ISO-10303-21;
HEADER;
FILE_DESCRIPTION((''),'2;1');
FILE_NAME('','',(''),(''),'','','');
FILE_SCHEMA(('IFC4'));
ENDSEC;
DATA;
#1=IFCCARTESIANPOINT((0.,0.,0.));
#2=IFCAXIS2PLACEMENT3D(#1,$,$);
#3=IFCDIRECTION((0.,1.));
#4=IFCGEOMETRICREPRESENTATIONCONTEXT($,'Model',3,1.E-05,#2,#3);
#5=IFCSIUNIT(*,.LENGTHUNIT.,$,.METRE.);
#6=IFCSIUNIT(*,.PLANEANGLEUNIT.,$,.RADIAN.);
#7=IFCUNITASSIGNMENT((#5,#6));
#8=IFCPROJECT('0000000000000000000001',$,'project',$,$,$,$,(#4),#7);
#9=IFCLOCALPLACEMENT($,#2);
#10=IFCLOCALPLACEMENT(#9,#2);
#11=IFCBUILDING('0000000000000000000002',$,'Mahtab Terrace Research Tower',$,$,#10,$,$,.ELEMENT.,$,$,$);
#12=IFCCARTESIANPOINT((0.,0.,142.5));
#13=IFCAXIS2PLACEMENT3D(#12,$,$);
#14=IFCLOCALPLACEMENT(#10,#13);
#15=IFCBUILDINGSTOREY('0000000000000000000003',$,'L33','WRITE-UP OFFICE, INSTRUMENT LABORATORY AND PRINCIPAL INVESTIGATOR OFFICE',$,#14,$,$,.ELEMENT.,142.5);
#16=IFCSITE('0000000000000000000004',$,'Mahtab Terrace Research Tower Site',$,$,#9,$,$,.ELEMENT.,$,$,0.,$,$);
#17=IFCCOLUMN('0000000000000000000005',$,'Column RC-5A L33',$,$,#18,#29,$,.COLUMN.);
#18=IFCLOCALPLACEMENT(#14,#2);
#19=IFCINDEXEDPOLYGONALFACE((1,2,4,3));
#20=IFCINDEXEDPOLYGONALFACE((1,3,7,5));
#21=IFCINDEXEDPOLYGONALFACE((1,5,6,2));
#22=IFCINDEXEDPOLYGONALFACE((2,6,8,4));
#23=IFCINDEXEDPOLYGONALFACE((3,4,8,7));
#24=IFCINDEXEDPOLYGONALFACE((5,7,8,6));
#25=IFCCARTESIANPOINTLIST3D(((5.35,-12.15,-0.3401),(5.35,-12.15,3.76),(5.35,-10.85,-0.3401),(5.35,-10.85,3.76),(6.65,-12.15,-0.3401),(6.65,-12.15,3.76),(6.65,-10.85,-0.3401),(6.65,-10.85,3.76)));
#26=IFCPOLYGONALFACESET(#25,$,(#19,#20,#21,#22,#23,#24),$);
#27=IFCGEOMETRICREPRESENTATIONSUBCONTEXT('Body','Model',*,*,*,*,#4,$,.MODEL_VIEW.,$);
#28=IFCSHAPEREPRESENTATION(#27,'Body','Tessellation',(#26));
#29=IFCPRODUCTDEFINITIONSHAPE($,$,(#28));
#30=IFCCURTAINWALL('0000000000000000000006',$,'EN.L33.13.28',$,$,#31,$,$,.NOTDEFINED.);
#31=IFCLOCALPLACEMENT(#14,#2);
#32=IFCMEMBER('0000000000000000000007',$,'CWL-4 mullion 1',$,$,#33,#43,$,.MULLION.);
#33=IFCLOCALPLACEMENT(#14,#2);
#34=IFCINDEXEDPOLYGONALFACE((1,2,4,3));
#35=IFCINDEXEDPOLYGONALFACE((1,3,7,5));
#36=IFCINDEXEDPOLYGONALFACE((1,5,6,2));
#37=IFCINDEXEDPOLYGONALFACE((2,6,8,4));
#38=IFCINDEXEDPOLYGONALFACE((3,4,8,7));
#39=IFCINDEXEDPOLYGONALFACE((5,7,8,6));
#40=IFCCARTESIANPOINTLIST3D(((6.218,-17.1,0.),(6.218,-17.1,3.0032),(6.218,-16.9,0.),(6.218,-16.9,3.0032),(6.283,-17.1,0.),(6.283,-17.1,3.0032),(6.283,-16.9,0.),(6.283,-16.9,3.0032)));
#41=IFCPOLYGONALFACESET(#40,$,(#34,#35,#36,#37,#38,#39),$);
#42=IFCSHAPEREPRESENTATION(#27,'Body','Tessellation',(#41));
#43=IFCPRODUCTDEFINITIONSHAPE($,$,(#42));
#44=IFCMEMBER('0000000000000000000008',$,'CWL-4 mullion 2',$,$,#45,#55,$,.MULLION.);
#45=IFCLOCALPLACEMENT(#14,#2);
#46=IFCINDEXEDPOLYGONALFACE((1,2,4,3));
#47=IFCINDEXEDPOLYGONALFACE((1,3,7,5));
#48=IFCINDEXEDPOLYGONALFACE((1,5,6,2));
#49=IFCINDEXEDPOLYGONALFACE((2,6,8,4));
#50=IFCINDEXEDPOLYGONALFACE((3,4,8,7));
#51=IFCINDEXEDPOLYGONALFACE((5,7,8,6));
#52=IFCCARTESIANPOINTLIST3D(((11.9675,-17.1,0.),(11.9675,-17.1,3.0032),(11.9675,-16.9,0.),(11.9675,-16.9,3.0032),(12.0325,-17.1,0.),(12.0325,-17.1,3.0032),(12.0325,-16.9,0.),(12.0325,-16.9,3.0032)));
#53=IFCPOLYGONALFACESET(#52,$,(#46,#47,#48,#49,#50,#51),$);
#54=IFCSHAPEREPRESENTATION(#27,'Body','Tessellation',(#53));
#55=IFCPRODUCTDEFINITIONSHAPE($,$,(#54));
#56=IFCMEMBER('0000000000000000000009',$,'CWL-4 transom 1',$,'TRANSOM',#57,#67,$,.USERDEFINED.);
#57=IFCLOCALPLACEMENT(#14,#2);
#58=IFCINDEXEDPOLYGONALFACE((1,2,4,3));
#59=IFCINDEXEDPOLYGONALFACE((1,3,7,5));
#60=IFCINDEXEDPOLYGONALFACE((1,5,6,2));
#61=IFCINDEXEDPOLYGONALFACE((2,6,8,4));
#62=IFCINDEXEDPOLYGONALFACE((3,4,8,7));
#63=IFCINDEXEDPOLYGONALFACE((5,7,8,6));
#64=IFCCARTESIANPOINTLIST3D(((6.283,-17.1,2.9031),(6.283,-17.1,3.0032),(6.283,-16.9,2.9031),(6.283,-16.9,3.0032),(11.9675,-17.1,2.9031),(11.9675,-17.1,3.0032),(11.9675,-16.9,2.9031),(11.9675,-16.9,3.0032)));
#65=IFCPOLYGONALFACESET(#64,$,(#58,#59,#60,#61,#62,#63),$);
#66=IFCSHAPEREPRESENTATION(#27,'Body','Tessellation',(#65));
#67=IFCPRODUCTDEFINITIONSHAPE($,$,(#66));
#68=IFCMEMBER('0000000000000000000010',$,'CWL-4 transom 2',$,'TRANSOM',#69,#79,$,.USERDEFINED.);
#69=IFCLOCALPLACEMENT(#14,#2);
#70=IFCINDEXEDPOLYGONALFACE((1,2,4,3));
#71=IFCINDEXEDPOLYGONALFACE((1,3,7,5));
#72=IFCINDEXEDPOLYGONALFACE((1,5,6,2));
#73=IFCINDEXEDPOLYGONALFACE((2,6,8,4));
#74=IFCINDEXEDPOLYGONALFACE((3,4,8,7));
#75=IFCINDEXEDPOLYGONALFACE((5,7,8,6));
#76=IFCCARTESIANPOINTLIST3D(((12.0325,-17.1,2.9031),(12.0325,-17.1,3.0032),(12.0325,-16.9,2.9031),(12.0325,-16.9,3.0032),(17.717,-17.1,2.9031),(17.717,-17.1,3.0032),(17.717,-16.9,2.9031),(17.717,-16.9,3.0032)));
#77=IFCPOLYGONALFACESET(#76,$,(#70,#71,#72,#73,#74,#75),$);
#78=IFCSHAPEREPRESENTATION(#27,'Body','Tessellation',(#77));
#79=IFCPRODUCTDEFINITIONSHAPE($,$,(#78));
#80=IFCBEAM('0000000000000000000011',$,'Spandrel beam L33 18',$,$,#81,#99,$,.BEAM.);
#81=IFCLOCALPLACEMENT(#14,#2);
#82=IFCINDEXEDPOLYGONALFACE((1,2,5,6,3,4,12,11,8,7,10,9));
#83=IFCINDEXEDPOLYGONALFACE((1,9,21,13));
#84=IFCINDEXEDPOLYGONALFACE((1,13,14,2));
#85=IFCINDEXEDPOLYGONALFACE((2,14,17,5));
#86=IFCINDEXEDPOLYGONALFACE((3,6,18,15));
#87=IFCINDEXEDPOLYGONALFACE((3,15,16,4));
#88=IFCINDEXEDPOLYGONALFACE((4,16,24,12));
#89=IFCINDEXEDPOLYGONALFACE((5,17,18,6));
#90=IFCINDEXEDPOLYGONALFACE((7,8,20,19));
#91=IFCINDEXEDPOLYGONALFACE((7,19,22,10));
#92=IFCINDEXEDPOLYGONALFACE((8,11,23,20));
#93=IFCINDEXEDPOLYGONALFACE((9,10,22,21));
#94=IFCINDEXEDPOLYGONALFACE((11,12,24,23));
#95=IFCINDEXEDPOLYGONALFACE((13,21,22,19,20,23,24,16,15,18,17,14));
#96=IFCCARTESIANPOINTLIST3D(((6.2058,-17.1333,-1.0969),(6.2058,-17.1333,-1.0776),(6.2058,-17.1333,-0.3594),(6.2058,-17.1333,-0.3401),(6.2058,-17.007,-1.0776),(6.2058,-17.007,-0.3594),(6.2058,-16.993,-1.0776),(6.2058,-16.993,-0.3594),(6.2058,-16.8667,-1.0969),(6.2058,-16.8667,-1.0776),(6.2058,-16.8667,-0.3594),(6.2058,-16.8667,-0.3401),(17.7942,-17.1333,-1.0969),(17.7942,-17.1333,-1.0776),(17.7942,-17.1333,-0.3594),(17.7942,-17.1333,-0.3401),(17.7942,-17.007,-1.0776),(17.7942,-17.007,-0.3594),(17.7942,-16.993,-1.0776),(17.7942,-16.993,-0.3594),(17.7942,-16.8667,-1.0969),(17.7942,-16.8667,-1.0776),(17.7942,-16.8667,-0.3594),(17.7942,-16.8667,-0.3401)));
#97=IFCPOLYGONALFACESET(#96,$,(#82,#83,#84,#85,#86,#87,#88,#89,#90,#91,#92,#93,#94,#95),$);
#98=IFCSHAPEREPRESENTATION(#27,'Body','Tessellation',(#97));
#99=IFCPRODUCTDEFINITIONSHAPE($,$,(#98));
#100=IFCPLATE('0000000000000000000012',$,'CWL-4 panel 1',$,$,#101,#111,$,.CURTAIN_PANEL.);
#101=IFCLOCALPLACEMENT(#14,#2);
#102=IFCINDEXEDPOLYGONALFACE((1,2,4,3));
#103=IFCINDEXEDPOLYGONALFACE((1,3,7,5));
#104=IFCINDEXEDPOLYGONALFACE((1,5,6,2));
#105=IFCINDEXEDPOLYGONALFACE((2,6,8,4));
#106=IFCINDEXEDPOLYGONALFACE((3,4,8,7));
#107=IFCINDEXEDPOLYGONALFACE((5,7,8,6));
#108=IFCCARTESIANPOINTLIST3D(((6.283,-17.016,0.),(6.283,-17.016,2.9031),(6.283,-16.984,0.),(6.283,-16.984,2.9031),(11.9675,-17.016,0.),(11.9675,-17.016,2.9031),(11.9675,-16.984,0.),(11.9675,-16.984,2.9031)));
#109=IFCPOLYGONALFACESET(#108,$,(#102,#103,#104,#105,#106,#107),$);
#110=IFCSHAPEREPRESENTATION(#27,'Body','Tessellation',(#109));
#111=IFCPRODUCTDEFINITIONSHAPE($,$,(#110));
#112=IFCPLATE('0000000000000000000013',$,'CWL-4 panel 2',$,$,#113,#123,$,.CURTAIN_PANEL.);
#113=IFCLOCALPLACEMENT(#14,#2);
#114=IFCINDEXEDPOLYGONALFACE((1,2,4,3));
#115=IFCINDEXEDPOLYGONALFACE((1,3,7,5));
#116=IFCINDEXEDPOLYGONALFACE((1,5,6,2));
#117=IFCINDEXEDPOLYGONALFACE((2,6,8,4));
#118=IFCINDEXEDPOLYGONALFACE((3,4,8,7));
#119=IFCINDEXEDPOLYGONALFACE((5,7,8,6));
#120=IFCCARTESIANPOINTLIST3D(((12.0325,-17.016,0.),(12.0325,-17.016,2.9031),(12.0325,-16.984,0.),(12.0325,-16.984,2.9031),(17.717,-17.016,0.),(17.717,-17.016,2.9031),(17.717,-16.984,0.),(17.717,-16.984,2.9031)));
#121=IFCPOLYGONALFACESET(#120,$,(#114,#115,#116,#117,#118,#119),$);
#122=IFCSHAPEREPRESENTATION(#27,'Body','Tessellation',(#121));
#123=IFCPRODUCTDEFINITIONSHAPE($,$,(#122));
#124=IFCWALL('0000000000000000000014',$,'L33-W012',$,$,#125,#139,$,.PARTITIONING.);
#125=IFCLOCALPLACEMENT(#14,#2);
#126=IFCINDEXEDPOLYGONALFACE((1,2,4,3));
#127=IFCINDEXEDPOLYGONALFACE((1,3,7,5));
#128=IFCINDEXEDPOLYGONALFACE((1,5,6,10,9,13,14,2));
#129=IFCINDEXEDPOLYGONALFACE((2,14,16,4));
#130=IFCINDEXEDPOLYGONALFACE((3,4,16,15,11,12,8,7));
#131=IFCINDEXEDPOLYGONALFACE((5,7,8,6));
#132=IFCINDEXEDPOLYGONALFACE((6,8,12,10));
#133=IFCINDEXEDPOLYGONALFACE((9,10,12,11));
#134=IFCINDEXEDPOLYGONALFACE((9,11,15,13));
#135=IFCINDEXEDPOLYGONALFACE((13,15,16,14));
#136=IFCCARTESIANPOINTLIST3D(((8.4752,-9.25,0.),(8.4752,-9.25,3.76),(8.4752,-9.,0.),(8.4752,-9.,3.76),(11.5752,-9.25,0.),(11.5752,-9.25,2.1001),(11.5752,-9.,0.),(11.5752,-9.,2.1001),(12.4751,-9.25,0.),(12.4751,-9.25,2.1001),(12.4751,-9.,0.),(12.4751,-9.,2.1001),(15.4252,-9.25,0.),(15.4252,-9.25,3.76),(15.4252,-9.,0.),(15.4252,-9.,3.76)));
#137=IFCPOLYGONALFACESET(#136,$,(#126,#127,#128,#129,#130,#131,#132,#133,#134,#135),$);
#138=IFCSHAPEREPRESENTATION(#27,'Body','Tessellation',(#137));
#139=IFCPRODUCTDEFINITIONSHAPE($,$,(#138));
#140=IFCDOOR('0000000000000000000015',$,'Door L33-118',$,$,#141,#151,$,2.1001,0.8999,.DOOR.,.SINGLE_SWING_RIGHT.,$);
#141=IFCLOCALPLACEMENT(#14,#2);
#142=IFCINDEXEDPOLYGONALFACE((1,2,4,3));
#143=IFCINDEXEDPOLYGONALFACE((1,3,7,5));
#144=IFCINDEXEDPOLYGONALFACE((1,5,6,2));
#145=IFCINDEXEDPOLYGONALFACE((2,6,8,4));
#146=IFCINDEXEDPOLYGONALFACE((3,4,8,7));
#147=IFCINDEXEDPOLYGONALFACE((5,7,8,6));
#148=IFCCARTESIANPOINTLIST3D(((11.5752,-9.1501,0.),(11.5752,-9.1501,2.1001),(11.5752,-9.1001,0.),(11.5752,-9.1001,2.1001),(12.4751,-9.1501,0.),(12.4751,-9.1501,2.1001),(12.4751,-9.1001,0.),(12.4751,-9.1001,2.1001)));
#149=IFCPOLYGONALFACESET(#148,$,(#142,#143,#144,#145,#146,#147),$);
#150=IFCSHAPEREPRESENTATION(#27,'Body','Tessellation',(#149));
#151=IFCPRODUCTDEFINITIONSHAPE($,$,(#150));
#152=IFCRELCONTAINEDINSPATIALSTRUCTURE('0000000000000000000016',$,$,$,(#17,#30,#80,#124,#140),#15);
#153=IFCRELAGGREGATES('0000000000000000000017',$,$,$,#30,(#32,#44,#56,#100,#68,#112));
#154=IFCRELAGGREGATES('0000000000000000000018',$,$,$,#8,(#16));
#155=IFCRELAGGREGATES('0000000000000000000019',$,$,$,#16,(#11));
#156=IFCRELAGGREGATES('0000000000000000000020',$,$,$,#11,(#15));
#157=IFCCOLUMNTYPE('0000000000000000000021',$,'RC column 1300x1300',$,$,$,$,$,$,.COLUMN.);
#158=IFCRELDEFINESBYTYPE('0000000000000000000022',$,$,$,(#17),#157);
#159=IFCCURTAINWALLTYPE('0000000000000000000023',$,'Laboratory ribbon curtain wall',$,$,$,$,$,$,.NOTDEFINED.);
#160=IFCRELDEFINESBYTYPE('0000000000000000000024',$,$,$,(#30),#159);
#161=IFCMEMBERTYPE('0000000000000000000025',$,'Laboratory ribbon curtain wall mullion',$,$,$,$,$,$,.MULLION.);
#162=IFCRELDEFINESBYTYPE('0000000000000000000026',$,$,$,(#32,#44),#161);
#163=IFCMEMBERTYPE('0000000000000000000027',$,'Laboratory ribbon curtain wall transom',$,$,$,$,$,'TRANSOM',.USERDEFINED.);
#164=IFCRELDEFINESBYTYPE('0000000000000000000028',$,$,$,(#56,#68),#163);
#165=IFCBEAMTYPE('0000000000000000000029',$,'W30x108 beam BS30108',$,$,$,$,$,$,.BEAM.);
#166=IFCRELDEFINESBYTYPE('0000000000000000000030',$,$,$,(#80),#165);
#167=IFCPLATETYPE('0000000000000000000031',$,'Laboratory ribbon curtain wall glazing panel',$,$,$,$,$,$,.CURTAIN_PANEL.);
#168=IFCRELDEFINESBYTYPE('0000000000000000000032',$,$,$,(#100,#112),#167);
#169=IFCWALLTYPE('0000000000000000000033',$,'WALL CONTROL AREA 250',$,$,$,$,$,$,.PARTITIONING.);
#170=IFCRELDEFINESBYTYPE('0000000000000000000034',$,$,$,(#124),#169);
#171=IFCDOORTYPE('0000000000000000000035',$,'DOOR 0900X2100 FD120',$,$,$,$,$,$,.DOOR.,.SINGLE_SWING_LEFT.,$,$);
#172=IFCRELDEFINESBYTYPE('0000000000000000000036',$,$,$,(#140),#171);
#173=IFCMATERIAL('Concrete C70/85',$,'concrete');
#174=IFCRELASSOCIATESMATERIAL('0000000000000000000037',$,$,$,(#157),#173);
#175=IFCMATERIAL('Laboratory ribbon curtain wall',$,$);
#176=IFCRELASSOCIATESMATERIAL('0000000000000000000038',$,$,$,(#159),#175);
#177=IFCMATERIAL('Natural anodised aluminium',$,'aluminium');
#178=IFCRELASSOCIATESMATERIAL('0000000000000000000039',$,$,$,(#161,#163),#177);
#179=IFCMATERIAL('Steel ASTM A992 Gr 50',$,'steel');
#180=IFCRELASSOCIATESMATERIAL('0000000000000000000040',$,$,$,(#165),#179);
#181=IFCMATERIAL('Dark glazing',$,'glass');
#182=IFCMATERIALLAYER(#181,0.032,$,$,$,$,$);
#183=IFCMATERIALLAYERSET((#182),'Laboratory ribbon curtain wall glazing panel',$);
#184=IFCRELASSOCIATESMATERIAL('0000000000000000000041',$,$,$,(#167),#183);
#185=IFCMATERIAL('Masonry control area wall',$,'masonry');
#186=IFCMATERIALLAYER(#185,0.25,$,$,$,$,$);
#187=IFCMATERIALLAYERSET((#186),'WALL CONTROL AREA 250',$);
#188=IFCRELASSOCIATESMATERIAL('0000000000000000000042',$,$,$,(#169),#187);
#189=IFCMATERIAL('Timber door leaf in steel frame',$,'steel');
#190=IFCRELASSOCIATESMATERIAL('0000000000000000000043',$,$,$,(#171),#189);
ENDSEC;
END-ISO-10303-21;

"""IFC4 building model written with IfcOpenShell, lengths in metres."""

from ifc_helpers import new_model, si_unit, direction, frame, frame_2d, origin, origin_2d, place, context, subcontext, project, spatial, rectangle, i_section, extrude, material, layer, layer_set, material_profile, profile_set, type_object, element, fill, aggregate, save


model = new_model("IFC4")

# Units and contexts
model_context = context("Model", 3, precision=1e-05, world=origin(), true_north=direction((0.0, 1.0)))
body_context = subcontext(model_context, "Body", "Model", "MODEL_VIEW")
ifc_project = project(units=[si_unit("LENGTHUNIT", "METRE"), si_unit("PLANEANGLEUNIT", "RADIAN")], contexts=[model_context])

# Site, building, storey
site_placement = place(None, origin())
site = spatial("IfcSite", under=ifc_project, at=site_placement, Name="Mahtab Terrace Research Tower Site", CompositionType="ELEMENT", RefElevation=0.0)
building_placement = place(site_placement, origin())
building = spatial("IfcBuilding", under=site, at=building_placement, Name="Mahtab Terrace Research Tower", CompositionType="ELEMENT")
storey_placement = place(building_placement, frame((0.0, 0.0, 142.5)))
storey = spatial("IfcBuildingStorey", under=building, at=storey_placement, Name="L33", Description="WRITE-UP OFFICE, INSTRUMENT LABORATORY AND PRINCIPAL INVESTIGATOR OFFICE", CompositionType="ELEMENT", Elevation=142.5)

# Column
ifc_material_1 = material(Name="Concrete C70/85", Category="concrete")
ifc_material_profile_1 = material_profile(ifc_material_1, rectangle(XDim=1.3, YDim=1.3, at=origin_2d()), Name="RC column 1300x1300")
ifc_profile_set_1 = profile_set([ifc_material_profile_1], Name="Concrete C70/85")
column_type = type_object("IfcColumnType", Name="RC column 1300x1300", PredefinedType="COLUMN", material=ifc_profile_set_1)
column_placement = place(storey_placement, frame((6.0, -11.5, -0.3401), z_axis=(0.0, 0.0, 1.0), x_axis=(1.0, 0.0, 0.0)))
element("IfcColumn", 1, at=column_placement, inside=storey, type_object=column_type, Name="Column RC-5A L33", PredefinedType="COLUMN", context=body_context, shape_type="SweptSolid", body=[
    extrude(rectangle(XDim=1.3, YDim=1.3, at=origin_2d()), origin(), (0.0, 0.0, 1.0), 4.1001),
])

# Curtain wall, members
ifc_material_2 = material(Name="Laboratory ribbon curtain wall")
curtain_wall_type = type_object("IfcCurtainWallType", Name="Laboratory ribbon curtain wall", PredefinedType="NOTDEFINED", material=ifc_material_2)
curtain_wall_placement = place(storey_placement, origin())
curtain_wall = element("IfcCurtainWall", 2, at=curtain_wall_placement, inside=storey, type_object=curtain_wall_type, Name="EN.L33.13.28", PredefinedType="NOTDEFINED")
ifc_material_3 = material(Name="Natural anodised aluminium", Category="aluminium")
ifc_material_profile_2 = material_profile(ifc_material_3, rectangle(XDim=0.2, YDim=0.0649, at=origin_2d()), Name="MULLION 65x200")
ifc_profile_set_2 = profile_set([ifc_material_profile_2], Name="Natural anodised aluminium")
member_type_1 = type_object("IfcMemberType", Name="Laboratory ribbon curtain wall mullion", PredefinedType="MULLION", material=ifc_profile_set_2)
member_1_placement = place(storey_placement, frame((6.2505, -17.0, 0.0), z_axis=(0.0, 0.0, 1.0), x_axis=(0.0, 1.0, 0.0)))
member_1 = element("IfcMember", 3, at=member_1_placement, type_object=member_type_1, Name="CWL-4 mullion 1", PredefinedType="MULLION", context=body_context, shape_type="SweptSolid", body=[
    extrude(rectangle(XDim=0.2, YDim=0.0649, at=origin_2d()), origin(), (0.0, 0.0, 1.0), 3.0032),
])
member_2_placement = place(storey_placement, frame((12.0, -17.0, 0.0), z_axis=(0.0, 0.0, 1.0), x_axis=(0.0, 1.0, 0.0)))
member_2 = element("IfcMember", 4, at=member_2_placement, type_object=member_type_1, Name="CWL-4 mullion 2", PredefinedType="MULLION", context=body_context, shape_type="SweptSolid", body=[
    extrude(rectangle(XDim=0.2, YDim=0.0649, at=origin_2d()), origin(), (0.0, 0.0, 1.0), 3.0032),
])
ifc_material_profile_3 = material_profile(ifc_material_3, rectangle(XDim=0.2, YDim=0.1001, at=origin_2d()), Name="TRANSOM 100x200")
ifc_profile_set_3 = profile_set([ifc_material_profile_3], Name="Natural anodised aluminium")
member_type_2 = type_object("IfcMemberType", Name="Laboratory ribbon curtain wall transom", ElementType="TRANSOM", PredefinedType="USERDEFINED", material=ifc_profile_set_3)
member_3_placement = place(storey_placement, frame((6.283, -17.0, 2.9531), z_axis=(1.0, 0.0, 0.0), x_axis=(0.0, 1.0, 0.0)))
member_3 = element("IfcMember", 5, at=member_3_placement, type_object=member_type_2, Name="CWL-4 transom 1", ObjectType="TRANSOM", PredefinedType="USERDEFINED", context=body_context, shape_type="SweptSolid", body=[
    extrude(rectangle(XDim=0.2, YDim=0.1001, at=origin_2d()), origin(), (0.0, 0.0, 1.0), 5.6846),
])
member_4_placement = place(storey_placement, frame((12.0325, -17.0, 2.9531), z_axis=(1.0, 0.0, 0.0), x_axis=(0.0, 1.0, 0.0)))
member_4 = element("IfcMember", 6, at=member_4_placement, type_object=member_type_2, Name="CWL-4 transom 2", ObjectType="TRANSOM", PredefinedType="USERDEFINED", context=body_context, shape_type="SweptSolid", body=[
    extrude(rectangle(XDim=0.2, YDim=0.1001, at=origin_2d()), origin(), (0.0, 0.0, 1.0), 5.6846),
])

# Beam
ifc_material_4 = material(Name="Steel ASTM A992 Gr 50", Category="steel")
ifc_material_profile_4 = material_profile(ifc_material_4, i_section(OverallWidth=0.2666, OverallDepth=0.7568, WebThickness=0.0139, FlangeThickness=0.0193, at=origin_2d()), Name="W30X108")
ifc_profile_set_4 = profile_set([ifc_material_profile_4], Name="Steel ASTM A992 Gr 50")
beam_type = type_object("IfcBeamType", Name="W30x108 beam BS30108", PredefinedType="BEAM", material=ifc_profile_set_4)
beam_placement = place(storey_placement, frame((6.2058, -17.0, -0.7185), z_axis=(1.0, 0.0, 0.0), x_axis=(0.0, 1.0, 0.0)))
element("IfcBeam", 7, at=beam_placement, inside=storey, type_object=beam_type, Name="Spandrel beam L33 18", PredefinedType="BEAM", context=body_context, shape_type="SweptSolid", body=[
    extrude(i_section(OverallWidth=0.2666, OverallDepth=0.7568, WebThickness=0.0139, FlangeThickness=0.0193, at=origin_2d()), origin(), (0.0, 0.0, 1.0), 11.5884),
])

# Plates
ifc_material_5 = material(Name="Dark glazing", Category="glass")
ifc_layer_1 = layer(ifc_material_5, 0.032)
ifc_layer_set_1 = layer_set([ifc_layer_1], Name="Laboratory ribbon curtain wall glazing panel")
plate_type = type_object("IfcPlateType", Name="Laboratory ribbon curtain wall glazing panel", PredefinedType="CURTAIN_PANEL", material=ifc_layer_set_1)
plate_1_placement = place(storey_placement, frame((9.1252, -17.0, 0.0), z_axis=(0.0, 0.0, 1.0), x_axis=(1.0, 0.0, 0.0)))
plate_1 = element("IfcPlate", 8, at=plate_1_placement, type_object=plate_type, Name="CWL-4 panel 1", PredefinedType="CURTAIN_PANEL", context=body_context, shape_type="SweptSolid", body=[
    extrude(rectangle(XDim=5.6846, YDim=0.032, at=origin_2d()), origin(), (0.0, 0.0, 1.0), 2.9031),
])
plate_2_placement = place(storey_placement, frame((14.8748, -17.0, 0.0), z_axis=(0.0, 0.0, 1.0), x_axis=(1.0, 0.0, 0.0)))
plate_2 = element("IfcPlate", 9, at=plate_2_placement, type_object=plate_type, Name="CWL-4 panel 2", PredefinedType="CURTAIN_PANEL", context=body_context, shape_type="SweptSolid", body=[
    extrude(rectangle(XDim=5.6846, YDim=0.032, at=origin_2d()), origin(), (0.0, 0.0, 1.0), 2.9031),
])
aggregate(curtain_wall, [member_1, member_2, member_3, plate_1, member_4, plate_2])

# Wall, opening, door
ifc_material_6 = material(Name="Masonry control area wall", Category="masonry")
ifc_layer_2 = layer(ifc_material_6, 0.25)
ifc_layer_set_2 = layer_set([ifc_layer_2], Name="WALL CONTROL AREA 250")
wall_type_1 = type_object("IfcWallType", Name="WALL CONTROL AREA 250", PredefinedType="PARTITIONING", material=ifc_layer_set_2)
wall_1_placement = place(storey_placement, frame((8.4751, -9.125, 0.0), z_axis=(0.0, 0.0, 1.0), x_axis=(1.0, 0.0, 0.0)))
wall_1 = element("IfcWall", 10, at=wall_1_placement, inside=storey, type_object=wall_type_1, Name="L33-W012", PredefinedType="PARTITIONING", context=body_context, shape_type="SweptSolid", body=[
    extrude(rectangle(XDim=6.95, YDim=0.25, at=frame_2d((3.4751, 0.0))), origin(), (0.0, 0.0, 1.0), 3.76),
])
opening_1_placement = place(wall_1_placement, frame((3.1001, 0.0, 0.0)))
opening_1 = element("IfcOpeningElement", 11, at=opening_1_placement, cuts=wall_1, PredefinedType="OPENING", context=body_context, shape_type="SweptSolid", body=[
    extrude(rectangle(XDim=0.8999, YDim=2.1001, at=frame_2d((0.45, 1.05))), frame((0.0, 0.135, 0.0), z_axis=(0.0, -1.0, 0.0), x_axis=(1.0, 0.0, 0.0)), (0.0, 0.0, 1.0), 0.27),
])
ifc_material_7 = material(Name="Timber door leaf in steel frame", Category="steel")
door_type_1 = type_object("IfcDoorType", Name="DOOR 0900X2100 FD120", OperationType="SINGLE_SWING_LEFT", PredefinedType="DOOR", material=ifc_material_7)
door_1_placement = place(opening_1_placement, origin())
door_1 = element("IfcDoor", 12, at=door_1_placement, inside=storey, type_object=door_type_1, Name="Door L33-118", OperationType="SINGLE_SWING_RIGHT", OverallHeight=2.1001, OverallWidth=0.8999, PredefinedType="DOOR", context=body_context, shape_type="SweptSolid", body=[
    extrude(rectangle(XDim=0.8999, YDim=2.1001, at=frame_2d((0.45, 1.05))), frame((0.0, 0.0249, 0.0), z_axis=(0.0, -1.0, 0.0), x_axis=(1.0, 0.0, 0.0)), (0.0, 0.0, 1.0), 0.05),
])
fill(opening_1, door_1)

save(model, "model.ifc")
